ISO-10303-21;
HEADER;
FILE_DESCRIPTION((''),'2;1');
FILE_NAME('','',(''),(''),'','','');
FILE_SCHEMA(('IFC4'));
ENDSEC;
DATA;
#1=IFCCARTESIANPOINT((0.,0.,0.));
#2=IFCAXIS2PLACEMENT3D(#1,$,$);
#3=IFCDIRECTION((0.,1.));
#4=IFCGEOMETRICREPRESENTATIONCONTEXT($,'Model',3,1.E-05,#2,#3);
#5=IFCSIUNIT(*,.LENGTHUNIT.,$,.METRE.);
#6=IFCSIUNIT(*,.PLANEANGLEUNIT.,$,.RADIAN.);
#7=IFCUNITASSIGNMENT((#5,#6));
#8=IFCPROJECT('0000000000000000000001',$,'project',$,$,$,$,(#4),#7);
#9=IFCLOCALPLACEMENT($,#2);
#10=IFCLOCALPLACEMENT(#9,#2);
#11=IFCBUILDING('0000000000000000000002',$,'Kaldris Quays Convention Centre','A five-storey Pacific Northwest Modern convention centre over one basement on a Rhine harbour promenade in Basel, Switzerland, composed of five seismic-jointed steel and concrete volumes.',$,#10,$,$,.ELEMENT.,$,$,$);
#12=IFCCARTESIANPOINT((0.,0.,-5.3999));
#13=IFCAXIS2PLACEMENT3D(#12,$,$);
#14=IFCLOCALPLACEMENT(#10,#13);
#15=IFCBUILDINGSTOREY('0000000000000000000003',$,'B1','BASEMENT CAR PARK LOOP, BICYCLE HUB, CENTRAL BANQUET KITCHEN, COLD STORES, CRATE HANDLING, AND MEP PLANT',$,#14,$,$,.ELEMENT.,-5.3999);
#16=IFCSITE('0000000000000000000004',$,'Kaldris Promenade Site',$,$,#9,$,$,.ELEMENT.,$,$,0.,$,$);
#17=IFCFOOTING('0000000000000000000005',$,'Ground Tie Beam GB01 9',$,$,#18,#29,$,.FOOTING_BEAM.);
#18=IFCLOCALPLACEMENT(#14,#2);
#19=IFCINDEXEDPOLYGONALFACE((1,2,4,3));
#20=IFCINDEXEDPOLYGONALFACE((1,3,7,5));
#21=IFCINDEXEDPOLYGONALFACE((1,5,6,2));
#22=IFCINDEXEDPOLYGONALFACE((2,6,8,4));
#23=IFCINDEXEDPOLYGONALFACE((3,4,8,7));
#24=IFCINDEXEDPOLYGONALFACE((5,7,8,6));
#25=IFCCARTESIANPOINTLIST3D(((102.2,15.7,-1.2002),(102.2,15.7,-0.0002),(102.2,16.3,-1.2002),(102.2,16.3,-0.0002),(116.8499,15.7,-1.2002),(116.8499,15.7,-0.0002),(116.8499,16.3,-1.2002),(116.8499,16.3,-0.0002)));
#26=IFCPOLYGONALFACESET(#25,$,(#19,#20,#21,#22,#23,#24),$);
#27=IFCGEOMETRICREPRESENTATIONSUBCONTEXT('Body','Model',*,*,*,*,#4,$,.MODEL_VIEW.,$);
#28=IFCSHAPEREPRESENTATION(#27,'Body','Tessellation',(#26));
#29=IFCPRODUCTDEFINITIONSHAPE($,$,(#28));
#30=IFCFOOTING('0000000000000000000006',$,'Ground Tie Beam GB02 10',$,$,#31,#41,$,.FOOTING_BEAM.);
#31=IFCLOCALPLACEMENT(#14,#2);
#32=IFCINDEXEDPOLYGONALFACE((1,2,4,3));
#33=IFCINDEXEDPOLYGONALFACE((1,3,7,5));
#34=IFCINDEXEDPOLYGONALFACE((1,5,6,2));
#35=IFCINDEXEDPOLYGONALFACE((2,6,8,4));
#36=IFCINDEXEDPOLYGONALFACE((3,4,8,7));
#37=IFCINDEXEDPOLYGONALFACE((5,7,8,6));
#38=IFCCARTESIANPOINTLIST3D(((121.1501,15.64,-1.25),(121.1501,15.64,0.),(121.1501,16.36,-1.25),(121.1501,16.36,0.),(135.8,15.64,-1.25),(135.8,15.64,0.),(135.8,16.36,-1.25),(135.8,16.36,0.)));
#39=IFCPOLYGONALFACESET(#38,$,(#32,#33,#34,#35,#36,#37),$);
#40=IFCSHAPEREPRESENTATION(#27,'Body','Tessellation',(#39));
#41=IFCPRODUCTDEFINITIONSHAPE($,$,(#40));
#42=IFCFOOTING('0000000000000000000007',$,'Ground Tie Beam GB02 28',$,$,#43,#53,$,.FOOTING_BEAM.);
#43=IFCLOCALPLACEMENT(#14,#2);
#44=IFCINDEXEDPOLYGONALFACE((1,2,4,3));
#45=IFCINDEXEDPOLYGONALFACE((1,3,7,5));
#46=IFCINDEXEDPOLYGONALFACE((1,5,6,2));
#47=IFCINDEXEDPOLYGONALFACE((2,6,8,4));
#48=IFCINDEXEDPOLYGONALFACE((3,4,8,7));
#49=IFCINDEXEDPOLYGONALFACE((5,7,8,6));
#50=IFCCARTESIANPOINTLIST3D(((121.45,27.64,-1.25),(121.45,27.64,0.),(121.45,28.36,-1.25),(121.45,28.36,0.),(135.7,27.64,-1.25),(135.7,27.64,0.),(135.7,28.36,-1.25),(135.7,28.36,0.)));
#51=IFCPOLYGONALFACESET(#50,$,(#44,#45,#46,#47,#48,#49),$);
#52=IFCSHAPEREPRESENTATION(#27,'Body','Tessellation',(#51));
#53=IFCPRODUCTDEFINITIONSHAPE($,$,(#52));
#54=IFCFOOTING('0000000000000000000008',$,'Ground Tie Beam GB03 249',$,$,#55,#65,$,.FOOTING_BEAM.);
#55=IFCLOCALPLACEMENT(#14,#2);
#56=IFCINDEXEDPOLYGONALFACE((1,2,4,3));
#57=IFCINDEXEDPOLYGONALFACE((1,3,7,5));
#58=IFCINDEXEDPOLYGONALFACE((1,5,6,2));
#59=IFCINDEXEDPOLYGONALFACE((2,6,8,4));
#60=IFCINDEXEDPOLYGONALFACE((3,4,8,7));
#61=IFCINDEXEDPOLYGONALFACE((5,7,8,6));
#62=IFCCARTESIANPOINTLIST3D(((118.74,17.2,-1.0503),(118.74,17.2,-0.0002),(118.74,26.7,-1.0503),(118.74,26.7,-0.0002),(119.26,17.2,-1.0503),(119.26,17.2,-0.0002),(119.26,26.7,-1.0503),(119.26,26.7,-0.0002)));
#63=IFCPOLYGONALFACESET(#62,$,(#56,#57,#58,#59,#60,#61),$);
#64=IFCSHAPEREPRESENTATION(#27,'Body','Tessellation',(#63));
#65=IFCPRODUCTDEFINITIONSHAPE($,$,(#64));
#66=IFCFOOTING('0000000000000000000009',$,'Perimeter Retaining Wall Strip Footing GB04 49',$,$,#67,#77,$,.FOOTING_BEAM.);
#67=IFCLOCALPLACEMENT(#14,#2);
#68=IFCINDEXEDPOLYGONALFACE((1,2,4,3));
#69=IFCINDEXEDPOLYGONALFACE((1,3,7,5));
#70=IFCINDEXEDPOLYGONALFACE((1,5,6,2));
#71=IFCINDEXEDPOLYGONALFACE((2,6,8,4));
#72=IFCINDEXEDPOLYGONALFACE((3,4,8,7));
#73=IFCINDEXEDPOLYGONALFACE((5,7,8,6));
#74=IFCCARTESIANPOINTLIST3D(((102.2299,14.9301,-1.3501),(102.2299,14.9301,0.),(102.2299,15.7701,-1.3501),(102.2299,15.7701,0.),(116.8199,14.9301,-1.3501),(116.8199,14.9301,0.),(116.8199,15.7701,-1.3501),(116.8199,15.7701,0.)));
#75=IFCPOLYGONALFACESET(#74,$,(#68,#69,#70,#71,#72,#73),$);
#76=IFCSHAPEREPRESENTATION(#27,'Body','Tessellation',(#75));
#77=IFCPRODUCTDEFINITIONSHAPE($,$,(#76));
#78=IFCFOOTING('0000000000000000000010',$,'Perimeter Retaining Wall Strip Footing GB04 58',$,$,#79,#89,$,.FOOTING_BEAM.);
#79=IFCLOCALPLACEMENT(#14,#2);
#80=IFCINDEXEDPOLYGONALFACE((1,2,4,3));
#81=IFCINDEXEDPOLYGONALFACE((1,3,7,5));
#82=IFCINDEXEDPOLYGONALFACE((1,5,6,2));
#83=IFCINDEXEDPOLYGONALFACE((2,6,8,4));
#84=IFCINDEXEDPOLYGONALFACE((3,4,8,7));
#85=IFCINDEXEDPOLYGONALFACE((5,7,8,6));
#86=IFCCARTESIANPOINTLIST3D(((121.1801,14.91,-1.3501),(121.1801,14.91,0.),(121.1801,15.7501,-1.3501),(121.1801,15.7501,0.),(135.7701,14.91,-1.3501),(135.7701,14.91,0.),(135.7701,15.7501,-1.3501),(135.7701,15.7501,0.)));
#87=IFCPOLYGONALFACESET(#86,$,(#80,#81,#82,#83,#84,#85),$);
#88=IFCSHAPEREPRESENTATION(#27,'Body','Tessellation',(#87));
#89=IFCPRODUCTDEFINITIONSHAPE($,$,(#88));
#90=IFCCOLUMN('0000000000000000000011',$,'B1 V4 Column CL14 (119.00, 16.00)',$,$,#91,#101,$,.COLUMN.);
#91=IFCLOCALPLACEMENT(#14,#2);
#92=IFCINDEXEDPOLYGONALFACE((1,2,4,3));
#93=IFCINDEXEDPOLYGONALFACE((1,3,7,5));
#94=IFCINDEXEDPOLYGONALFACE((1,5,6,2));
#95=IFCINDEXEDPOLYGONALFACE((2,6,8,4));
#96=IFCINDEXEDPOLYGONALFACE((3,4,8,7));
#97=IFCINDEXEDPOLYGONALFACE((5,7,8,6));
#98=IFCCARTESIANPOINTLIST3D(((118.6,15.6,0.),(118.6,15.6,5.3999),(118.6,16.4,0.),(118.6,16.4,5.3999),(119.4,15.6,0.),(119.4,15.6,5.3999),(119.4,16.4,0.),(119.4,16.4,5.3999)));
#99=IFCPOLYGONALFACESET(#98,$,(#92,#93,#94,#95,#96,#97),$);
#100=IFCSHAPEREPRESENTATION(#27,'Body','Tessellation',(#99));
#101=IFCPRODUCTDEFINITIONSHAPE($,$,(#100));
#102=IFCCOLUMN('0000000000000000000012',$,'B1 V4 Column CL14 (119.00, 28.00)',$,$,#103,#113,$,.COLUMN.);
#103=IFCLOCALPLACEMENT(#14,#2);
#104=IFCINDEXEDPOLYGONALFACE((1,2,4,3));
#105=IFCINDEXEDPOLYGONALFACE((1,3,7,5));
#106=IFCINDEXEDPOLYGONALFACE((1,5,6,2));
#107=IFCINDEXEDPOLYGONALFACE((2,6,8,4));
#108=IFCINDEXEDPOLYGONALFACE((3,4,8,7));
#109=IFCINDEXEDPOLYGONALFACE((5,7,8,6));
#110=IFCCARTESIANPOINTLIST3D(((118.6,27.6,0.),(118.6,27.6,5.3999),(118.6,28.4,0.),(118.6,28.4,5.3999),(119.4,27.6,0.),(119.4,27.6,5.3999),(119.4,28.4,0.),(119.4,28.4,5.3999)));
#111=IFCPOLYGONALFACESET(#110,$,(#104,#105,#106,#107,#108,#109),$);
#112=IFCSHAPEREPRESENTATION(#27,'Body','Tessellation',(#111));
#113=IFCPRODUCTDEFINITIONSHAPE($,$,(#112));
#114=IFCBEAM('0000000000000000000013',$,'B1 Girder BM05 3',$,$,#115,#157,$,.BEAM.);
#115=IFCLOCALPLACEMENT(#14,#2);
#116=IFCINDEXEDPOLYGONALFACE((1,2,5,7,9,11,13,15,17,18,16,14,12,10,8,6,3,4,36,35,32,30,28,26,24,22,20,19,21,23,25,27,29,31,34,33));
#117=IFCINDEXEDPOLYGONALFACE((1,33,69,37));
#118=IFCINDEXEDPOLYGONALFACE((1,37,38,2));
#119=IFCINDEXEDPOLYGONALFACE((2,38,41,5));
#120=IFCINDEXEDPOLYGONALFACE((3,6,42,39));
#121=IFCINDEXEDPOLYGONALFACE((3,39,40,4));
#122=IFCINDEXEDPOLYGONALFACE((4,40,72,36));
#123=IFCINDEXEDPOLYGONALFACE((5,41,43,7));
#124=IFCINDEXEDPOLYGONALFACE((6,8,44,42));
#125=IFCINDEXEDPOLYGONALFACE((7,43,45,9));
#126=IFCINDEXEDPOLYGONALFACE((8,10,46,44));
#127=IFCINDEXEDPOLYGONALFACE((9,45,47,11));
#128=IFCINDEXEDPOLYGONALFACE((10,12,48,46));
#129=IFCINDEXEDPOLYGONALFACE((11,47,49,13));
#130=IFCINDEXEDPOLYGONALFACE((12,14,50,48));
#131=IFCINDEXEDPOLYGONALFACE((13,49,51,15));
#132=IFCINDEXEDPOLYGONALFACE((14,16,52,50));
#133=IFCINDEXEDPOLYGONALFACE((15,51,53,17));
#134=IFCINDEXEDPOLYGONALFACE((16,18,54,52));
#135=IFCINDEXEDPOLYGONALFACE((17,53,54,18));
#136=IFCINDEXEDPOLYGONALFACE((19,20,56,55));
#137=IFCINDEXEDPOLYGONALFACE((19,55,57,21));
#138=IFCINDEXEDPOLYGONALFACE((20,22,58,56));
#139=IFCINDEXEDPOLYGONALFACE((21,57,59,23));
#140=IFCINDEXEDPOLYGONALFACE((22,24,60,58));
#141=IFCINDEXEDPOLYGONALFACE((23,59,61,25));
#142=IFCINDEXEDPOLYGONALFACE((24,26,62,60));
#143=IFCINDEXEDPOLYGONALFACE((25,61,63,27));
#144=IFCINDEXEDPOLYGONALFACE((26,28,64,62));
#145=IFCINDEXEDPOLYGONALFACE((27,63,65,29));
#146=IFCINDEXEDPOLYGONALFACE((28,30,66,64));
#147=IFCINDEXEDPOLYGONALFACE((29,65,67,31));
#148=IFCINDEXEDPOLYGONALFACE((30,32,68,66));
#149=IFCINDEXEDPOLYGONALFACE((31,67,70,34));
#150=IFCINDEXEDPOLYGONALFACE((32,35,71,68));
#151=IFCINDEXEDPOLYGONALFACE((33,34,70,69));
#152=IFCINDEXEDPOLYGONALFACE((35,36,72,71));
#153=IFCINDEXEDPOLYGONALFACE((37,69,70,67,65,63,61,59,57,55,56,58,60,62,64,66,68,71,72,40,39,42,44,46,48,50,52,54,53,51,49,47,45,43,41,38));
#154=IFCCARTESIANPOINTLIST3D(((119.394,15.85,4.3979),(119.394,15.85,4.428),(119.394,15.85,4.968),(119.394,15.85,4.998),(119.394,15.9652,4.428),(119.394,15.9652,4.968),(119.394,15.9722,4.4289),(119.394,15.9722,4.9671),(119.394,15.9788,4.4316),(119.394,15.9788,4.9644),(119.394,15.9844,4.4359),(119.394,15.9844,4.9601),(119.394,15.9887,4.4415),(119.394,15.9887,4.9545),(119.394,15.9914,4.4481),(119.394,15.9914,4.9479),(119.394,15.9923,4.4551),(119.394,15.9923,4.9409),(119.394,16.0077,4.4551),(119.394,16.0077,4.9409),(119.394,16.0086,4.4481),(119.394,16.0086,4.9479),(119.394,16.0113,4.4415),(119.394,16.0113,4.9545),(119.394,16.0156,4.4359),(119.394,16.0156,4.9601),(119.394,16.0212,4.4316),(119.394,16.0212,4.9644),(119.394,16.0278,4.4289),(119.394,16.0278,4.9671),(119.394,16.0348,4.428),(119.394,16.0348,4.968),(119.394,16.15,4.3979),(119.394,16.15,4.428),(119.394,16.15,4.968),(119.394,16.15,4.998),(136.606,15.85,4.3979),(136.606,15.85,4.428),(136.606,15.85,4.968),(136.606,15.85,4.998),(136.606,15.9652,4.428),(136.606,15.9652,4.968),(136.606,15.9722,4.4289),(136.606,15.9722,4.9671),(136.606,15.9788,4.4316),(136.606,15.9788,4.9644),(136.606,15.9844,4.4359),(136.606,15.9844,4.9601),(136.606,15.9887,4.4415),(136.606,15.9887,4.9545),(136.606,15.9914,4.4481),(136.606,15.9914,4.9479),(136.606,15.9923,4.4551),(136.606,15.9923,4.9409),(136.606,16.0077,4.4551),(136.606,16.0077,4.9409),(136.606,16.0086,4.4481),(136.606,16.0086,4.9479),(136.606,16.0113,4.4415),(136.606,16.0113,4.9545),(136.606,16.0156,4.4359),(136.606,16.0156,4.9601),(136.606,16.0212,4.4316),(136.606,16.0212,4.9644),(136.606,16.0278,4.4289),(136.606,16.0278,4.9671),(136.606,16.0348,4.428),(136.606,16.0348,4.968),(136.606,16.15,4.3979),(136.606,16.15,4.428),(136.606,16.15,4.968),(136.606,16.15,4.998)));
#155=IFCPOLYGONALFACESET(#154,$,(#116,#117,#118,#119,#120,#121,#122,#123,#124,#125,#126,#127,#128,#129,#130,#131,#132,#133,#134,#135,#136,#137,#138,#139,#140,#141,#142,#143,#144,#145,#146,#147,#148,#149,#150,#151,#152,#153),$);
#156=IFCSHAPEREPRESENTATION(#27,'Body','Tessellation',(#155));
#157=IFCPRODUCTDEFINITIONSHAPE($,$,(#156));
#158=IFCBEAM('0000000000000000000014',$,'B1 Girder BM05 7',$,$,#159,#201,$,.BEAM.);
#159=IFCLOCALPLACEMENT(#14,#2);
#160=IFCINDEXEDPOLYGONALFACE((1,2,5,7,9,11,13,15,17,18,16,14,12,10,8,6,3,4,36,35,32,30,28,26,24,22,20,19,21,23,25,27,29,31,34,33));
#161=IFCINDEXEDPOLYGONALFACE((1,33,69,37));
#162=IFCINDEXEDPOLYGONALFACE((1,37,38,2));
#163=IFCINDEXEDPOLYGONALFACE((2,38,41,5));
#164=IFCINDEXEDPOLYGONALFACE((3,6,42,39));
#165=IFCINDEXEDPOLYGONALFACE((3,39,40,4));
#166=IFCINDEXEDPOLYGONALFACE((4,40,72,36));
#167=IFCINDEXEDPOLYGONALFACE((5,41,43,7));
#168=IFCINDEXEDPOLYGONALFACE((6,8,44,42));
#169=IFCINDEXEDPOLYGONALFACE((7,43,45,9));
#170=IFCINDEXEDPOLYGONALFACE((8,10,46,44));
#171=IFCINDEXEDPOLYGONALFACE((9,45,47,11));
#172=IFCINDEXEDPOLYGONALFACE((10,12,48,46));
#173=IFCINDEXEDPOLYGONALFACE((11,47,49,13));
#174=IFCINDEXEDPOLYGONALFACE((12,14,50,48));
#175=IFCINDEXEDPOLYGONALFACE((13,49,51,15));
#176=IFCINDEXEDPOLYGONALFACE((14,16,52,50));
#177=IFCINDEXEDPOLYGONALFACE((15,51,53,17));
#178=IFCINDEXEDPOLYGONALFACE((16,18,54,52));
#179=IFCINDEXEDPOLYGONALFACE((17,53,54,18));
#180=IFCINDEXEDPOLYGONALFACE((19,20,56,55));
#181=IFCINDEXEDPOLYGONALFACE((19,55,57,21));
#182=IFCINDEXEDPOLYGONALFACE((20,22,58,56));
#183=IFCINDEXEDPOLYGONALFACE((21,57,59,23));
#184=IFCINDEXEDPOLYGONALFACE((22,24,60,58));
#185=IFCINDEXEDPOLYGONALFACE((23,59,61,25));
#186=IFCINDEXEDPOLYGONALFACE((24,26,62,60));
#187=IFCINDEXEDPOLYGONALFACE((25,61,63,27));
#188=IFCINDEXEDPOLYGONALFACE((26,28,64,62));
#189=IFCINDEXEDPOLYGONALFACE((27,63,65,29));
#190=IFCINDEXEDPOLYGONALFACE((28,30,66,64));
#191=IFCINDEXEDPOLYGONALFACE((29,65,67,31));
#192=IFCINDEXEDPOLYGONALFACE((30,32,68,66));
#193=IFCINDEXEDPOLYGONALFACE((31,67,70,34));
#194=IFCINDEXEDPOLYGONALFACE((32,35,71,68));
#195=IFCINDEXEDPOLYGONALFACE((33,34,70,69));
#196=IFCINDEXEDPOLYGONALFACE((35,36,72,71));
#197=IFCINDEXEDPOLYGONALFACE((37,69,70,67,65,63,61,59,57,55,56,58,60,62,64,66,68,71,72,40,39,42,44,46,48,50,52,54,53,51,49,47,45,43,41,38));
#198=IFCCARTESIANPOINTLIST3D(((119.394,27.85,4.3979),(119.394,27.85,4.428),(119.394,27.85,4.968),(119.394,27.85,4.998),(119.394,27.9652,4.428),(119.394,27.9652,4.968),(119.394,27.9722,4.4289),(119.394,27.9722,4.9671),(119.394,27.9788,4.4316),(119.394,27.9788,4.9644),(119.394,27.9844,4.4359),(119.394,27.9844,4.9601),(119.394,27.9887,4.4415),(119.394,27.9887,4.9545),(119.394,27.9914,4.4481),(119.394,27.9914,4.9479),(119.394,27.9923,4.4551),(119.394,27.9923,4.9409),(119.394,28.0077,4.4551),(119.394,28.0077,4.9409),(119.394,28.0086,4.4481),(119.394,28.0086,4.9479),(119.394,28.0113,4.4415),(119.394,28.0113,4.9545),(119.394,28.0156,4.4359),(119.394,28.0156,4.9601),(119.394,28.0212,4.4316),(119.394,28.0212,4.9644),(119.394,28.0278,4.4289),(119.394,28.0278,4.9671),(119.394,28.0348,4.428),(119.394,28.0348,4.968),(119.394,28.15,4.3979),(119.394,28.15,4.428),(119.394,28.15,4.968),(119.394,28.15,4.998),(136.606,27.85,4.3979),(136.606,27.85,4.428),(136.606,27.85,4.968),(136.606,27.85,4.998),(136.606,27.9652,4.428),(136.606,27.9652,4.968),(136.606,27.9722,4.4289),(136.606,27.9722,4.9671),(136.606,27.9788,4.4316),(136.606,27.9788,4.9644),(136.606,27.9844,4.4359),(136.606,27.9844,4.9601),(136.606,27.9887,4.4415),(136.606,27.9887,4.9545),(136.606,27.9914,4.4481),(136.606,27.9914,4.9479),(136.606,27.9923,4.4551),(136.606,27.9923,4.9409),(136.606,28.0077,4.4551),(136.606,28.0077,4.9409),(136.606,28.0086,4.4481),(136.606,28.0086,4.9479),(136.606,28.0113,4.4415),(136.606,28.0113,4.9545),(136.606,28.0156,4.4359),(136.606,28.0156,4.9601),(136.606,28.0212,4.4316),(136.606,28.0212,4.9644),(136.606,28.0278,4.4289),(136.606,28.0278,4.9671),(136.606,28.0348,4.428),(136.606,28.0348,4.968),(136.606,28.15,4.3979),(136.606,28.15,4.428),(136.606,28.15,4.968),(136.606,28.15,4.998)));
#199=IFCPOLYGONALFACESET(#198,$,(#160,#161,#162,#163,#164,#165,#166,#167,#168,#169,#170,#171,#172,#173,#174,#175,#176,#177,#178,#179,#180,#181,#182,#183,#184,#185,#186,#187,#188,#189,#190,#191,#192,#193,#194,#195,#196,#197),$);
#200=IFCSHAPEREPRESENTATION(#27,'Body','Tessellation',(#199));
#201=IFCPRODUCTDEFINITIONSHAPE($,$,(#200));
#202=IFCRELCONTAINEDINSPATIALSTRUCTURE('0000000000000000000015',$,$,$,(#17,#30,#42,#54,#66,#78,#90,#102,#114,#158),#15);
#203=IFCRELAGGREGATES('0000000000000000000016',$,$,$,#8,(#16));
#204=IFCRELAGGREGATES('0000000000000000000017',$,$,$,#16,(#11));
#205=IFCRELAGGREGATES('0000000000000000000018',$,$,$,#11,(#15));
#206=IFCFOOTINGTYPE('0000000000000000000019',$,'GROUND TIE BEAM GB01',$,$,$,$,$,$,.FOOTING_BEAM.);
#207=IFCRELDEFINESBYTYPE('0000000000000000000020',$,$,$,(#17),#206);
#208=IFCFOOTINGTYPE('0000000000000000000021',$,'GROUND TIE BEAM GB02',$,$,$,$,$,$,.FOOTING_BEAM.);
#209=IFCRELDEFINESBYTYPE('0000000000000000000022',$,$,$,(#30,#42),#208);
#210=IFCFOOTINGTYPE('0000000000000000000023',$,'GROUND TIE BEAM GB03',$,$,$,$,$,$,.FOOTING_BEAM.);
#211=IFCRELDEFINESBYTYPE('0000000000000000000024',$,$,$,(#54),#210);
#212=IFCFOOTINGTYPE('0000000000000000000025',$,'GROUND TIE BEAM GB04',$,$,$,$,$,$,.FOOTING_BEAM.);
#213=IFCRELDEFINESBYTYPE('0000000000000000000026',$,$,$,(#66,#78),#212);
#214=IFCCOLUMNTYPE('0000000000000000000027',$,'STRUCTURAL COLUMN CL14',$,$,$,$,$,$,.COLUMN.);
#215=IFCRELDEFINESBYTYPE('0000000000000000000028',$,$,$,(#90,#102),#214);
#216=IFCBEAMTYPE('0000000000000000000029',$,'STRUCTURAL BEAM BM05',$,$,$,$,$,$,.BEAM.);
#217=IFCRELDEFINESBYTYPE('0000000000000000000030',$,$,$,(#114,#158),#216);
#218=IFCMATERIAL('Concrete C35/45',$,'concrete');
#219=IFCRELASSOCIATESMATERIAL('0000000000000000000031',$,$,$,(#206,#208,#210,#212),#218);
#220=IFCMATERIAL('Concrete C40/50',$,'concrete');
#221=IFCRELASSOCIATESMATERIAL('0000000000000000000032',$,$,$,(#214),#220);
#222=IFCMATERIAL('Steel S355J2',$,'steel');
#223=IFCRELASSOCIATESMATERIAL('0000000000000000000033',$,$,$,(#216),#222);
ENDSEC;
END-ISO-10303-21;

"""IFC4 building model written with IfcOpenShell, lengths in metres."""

from ifc_helpers import new_model, si_unit, direction, frame, origin, origin_2d, place, context, subcontext, project, spatial, rectangle, i_section, extrude, material, material_profile, profile_set, type_object, element, save


model = new_model("IFC4")

# Units and contexts
model_context = context("Model", 3, precision=1e-05, world=origin(), true_north=direction((0.0, 1.0)))
body_context = subcontext(model_context, "Body", "Model", "MODEL_VIEW")
ifc_project = project(units=[si_unit("LENGTHUNIT", "METRE"), si_unit("PLANEANGLEUNIT", "RADIAN")], contexts=[model_context])

# Site, building, storey
site_placement = place(None, origin())
site = spatial("IfcSite", under=ifc_project, at=site_placement, Name="Kaldris Promenade Site", CompositionType="ELEMENT", RefElevation=0.0)
building_placement = place(site_placement, origin())
building = spatial("IfcBuilding", under=site, at=building_placement, Name="Kaldris Quays Convention Centre", Description="A five-storey Pacific Northwest Modern convention centre over one basement on a Rhine harbour promenade in Basel, Switzerland, composed of five seismic-jointed steel and concrete volumes.", CompositionType="ELEMENT")
storey_placement = place(building_placement, frame((0.0, 0.0, -5.3999)))
storey = spatial("IfcBuildingStorey", under=building, at=storey_placement, Name="B1", Description="BASEMENT CAR PARK LOOP, BICYCLE HUB, CENTRAL BANQUET KITCHEN, COLD STORES, CRATE HANDLING, AND MEP PLANT", CompositionType="ELEMENT", Elevation=-5.3999)

# Shared definitions
ifc_material_1 = material(Name="Concrete C35/45", Category="concrete")

# Footings
footing_type_1 = type_object("IfcFootingType", Name="GROUND TIE BEAM GB01", PredefinedType="FOOTING_BEAM", material=ifc_material_1)
footing_1_placement = place(storey_placement, frame((109.5249, 16.0, -1.2002), z_axis=(0.0, 0.0, 1.0), x_axis=(1.0, 0.0, 0.0)))
element("IfcFooting", 1, at=footing_1_placement, inside=storey, type_object=footing_type_1, Name="Ground Tie Beam GB01 9", PredefinedType="FOOTING_BEAM", context=body_context, shape_type="SweptSolid", body=[
    extrude(rectangle(XDim=14.6499, YDim=0.6001, at=origin_2d()), origin(), (0.0, 0.0, 1.0), 1.2),
])
footing_type_2 = type_object("IfcFootingType", Name="GROUND TIE BEAM GB02", PredefinedType="FOOTING_BEAM", material=ifc_material_1)
footing_2_placement = place(storey_placement, frame((128.4751, 16.0, -1.25), z_axis=(0.0, 0.0, 1.0), x_axis=(1.0, 0.0, 0.0)))
element("IfcFooting", 2, at=footing_2_placement, inside=storey, type_object=footing_type_2, Name="Ground Tie Beam GB02 10", PredefinedType="FOOTING_BEAM", context=body_context, shape_type="SweptSolid", body=[
    extrude(rectangle(XDim=14.6499, YDim=0.72, at=origin_2d()), origin(), (0.0, 0.0, 1.0), 1.25),
])
footing_3_placement = place(storey_placement, frame((128.575, 28.0, -1.25), z_axis=(0.0, 0.0, 1.0), x_axis=(1.0, 0.0, 0.0)))
element("IfcFooting", 3, at=footing_3_placement, inside=storey, type_object=footing_type_2, Name="Ground Tie Beam GB02 28", PredefinedType="FOOTING_BEAM", context=body_context, shape_type="SweptSolid", body=[
    extrude(rectangle(XDim=14.25, YDim=0.72, at=origin_2d()), origin(), (0.0, 0.0, 1.0), 1.25),
])
footing_type_3 = type_object("IfcFootingType", Name="GROUND TIE BEAM GB03", PredefinedType="FOOTING_BEAM", material=ifc_material_1)
footing_4_placement = place(storey_placement, frame((119.0, 21.95, -1.0503), z_axis=(0.0, 0.0, 1.0), x_axis=(1.0, 0.0, 0.0)))
element("IfcFooting", 4, at=footing_4_placement, inside=storey, type_object=footing_type_3, Name="Ground Tie Beam GB03 249", PredefinedType="FOOTING_BEAM", context=body_context, shape_type="SweptSolid", body=[
    extrude(rectangle(XDim=0.52, YDim=9.5, at=origin_2d()), origin(), (0.0, 0.0, 1.0), 1.05),
])
footing_type_4 = type_object("IfcFootingType", Name="GROUND TIE BEAM GB04", PredefinedType="FOOTING_BEAM", material=ifc_material_1)
for number, where, z_axis, x_axis, name in (
    (5, (109.5249, 15.3501, -1.3501), (0.0, 0.0, 1.0), (1.0, 0.0, 0.0), "Perimeter Retaining Wall Strip Footing GB04 49"),
    (6, (128.4751, 15.3301, -1.3501), (0.0, 0.0, 1.0), (1.0, 0.0, 0.0), "Perimeter Retaining Wall Strip Footing GB04 58"),
):
    element("IfcFooting", number, at=place(storey_placement, frame(where, z_axis=z_axis, x_axis=x_axis)), inside=storey, type_object=footing_type_4, Name=name, PredefinedType="FOOTING_BEAM", context=body_context, shape_type="SweptSolid", body=[
        extrude(rectangle(XDim=14.5901, YDim=0.8401, at=origin_2d()), origin(), (0.0, 0.0, 1.0), 1.3501),
    ])

# Columns
ifc_material_2 = material(Name="Concrete C40/50", Category="concrete")
ifc_material_profile_1 = material_profile(ifc_material_2, rectangle(XDim=0.8, YDim=0.8, at=origin_2d()), Name="RC 800x800")
ifc_profile_set_1 = profile_set([ifc_material_profile_1], Name="Concrete C40/50")
column_type = type_object("IfcColumnType", Name="STRUCTURAL COLUMN CL14", PredefinedType="COLUMN", material=ifc_profile_set_1)
for number, where, z_axis, x_axis, name in (
    (7, (119.0, 16.0, 0.0), (0.0, 0.0, 1.0), (1.0, 0.0, 0.0), "B1 V4 Column CL14 (119.00, 16.00)"),
    (8, (119.0, 28.0, 0.0), (0.0, 0.0, 1.0), (1.0, 0.0, 0.0), "B1 V4 Column CL14 (119.00, 28.00)"),
):
    element("IfcColumn", number, at=place(storey_placement, frame(where, z_axis=z_axis, x_axis=x_axis)), inside=storey, type_object=column_type, Name=name, PredefinedType="COLUMN", context=body_context, shape_type="SweptSolid", body=[
        extrude(rectangle(XDim=0.8, YDim=0.8, at=origin_2d()), origin(), (0.0, 0.0, 1.0), 5.3999),
    ])

# Beams
ifc_material_3 = material(Name="Steel S355J2", Category="steel")
ifc_material_profile_2 = material_profile(ifc_material_3, i_section(OverallWidth=0.3, OverallDepth=0.6001, WebThickness=0.0154, FlangeThickness=0.03, FilletRadius=0.0271, at=origin_2d()), Name="HEB 600")
ifc_profile_set_2 = profile_set([ifc_material_profile_2], Name="Steel S355J2")
beam_type_1 = type_object("IfcBeamType", Name="STRUCTURAL BEAM BM05", PredefinedType="BEAM", material=ifc_profile_set_2)
for number, where, z_axis, x_axis, name in (
    (9, (119.394, 16.0, 4.698), (1.0, 0.0, 0.0), (0.0, 1.0, 0.0), "B1 Girder BM05 3"),
    (10, (119.394, 28.0, 4.698), (1.0, 0.0, 0.0), (0.0, 1.0, 0.0), "B1 Girder BM05 7"),
):
    element("IfcBeam", number, at=place(storey_placement, frame(where, z_axis=z_axis, x_axis=x_axis)), inside=storey, type_object=beam_type_1, Name=name, PredefinedType="BEAM", context=body_context, shape_type="SweptSolid", body=[
        extrude(i_section(OverallWidth=0.3, OverallDepth=0.6001, WebThickness=0.0154, FlangeThickness=0.03, FilletRadius=0.0271, at=origin_2d()), origin(), (0.0, 0.0, 1.0), 17.2119),
    ])

save(model, "model.ifc")
